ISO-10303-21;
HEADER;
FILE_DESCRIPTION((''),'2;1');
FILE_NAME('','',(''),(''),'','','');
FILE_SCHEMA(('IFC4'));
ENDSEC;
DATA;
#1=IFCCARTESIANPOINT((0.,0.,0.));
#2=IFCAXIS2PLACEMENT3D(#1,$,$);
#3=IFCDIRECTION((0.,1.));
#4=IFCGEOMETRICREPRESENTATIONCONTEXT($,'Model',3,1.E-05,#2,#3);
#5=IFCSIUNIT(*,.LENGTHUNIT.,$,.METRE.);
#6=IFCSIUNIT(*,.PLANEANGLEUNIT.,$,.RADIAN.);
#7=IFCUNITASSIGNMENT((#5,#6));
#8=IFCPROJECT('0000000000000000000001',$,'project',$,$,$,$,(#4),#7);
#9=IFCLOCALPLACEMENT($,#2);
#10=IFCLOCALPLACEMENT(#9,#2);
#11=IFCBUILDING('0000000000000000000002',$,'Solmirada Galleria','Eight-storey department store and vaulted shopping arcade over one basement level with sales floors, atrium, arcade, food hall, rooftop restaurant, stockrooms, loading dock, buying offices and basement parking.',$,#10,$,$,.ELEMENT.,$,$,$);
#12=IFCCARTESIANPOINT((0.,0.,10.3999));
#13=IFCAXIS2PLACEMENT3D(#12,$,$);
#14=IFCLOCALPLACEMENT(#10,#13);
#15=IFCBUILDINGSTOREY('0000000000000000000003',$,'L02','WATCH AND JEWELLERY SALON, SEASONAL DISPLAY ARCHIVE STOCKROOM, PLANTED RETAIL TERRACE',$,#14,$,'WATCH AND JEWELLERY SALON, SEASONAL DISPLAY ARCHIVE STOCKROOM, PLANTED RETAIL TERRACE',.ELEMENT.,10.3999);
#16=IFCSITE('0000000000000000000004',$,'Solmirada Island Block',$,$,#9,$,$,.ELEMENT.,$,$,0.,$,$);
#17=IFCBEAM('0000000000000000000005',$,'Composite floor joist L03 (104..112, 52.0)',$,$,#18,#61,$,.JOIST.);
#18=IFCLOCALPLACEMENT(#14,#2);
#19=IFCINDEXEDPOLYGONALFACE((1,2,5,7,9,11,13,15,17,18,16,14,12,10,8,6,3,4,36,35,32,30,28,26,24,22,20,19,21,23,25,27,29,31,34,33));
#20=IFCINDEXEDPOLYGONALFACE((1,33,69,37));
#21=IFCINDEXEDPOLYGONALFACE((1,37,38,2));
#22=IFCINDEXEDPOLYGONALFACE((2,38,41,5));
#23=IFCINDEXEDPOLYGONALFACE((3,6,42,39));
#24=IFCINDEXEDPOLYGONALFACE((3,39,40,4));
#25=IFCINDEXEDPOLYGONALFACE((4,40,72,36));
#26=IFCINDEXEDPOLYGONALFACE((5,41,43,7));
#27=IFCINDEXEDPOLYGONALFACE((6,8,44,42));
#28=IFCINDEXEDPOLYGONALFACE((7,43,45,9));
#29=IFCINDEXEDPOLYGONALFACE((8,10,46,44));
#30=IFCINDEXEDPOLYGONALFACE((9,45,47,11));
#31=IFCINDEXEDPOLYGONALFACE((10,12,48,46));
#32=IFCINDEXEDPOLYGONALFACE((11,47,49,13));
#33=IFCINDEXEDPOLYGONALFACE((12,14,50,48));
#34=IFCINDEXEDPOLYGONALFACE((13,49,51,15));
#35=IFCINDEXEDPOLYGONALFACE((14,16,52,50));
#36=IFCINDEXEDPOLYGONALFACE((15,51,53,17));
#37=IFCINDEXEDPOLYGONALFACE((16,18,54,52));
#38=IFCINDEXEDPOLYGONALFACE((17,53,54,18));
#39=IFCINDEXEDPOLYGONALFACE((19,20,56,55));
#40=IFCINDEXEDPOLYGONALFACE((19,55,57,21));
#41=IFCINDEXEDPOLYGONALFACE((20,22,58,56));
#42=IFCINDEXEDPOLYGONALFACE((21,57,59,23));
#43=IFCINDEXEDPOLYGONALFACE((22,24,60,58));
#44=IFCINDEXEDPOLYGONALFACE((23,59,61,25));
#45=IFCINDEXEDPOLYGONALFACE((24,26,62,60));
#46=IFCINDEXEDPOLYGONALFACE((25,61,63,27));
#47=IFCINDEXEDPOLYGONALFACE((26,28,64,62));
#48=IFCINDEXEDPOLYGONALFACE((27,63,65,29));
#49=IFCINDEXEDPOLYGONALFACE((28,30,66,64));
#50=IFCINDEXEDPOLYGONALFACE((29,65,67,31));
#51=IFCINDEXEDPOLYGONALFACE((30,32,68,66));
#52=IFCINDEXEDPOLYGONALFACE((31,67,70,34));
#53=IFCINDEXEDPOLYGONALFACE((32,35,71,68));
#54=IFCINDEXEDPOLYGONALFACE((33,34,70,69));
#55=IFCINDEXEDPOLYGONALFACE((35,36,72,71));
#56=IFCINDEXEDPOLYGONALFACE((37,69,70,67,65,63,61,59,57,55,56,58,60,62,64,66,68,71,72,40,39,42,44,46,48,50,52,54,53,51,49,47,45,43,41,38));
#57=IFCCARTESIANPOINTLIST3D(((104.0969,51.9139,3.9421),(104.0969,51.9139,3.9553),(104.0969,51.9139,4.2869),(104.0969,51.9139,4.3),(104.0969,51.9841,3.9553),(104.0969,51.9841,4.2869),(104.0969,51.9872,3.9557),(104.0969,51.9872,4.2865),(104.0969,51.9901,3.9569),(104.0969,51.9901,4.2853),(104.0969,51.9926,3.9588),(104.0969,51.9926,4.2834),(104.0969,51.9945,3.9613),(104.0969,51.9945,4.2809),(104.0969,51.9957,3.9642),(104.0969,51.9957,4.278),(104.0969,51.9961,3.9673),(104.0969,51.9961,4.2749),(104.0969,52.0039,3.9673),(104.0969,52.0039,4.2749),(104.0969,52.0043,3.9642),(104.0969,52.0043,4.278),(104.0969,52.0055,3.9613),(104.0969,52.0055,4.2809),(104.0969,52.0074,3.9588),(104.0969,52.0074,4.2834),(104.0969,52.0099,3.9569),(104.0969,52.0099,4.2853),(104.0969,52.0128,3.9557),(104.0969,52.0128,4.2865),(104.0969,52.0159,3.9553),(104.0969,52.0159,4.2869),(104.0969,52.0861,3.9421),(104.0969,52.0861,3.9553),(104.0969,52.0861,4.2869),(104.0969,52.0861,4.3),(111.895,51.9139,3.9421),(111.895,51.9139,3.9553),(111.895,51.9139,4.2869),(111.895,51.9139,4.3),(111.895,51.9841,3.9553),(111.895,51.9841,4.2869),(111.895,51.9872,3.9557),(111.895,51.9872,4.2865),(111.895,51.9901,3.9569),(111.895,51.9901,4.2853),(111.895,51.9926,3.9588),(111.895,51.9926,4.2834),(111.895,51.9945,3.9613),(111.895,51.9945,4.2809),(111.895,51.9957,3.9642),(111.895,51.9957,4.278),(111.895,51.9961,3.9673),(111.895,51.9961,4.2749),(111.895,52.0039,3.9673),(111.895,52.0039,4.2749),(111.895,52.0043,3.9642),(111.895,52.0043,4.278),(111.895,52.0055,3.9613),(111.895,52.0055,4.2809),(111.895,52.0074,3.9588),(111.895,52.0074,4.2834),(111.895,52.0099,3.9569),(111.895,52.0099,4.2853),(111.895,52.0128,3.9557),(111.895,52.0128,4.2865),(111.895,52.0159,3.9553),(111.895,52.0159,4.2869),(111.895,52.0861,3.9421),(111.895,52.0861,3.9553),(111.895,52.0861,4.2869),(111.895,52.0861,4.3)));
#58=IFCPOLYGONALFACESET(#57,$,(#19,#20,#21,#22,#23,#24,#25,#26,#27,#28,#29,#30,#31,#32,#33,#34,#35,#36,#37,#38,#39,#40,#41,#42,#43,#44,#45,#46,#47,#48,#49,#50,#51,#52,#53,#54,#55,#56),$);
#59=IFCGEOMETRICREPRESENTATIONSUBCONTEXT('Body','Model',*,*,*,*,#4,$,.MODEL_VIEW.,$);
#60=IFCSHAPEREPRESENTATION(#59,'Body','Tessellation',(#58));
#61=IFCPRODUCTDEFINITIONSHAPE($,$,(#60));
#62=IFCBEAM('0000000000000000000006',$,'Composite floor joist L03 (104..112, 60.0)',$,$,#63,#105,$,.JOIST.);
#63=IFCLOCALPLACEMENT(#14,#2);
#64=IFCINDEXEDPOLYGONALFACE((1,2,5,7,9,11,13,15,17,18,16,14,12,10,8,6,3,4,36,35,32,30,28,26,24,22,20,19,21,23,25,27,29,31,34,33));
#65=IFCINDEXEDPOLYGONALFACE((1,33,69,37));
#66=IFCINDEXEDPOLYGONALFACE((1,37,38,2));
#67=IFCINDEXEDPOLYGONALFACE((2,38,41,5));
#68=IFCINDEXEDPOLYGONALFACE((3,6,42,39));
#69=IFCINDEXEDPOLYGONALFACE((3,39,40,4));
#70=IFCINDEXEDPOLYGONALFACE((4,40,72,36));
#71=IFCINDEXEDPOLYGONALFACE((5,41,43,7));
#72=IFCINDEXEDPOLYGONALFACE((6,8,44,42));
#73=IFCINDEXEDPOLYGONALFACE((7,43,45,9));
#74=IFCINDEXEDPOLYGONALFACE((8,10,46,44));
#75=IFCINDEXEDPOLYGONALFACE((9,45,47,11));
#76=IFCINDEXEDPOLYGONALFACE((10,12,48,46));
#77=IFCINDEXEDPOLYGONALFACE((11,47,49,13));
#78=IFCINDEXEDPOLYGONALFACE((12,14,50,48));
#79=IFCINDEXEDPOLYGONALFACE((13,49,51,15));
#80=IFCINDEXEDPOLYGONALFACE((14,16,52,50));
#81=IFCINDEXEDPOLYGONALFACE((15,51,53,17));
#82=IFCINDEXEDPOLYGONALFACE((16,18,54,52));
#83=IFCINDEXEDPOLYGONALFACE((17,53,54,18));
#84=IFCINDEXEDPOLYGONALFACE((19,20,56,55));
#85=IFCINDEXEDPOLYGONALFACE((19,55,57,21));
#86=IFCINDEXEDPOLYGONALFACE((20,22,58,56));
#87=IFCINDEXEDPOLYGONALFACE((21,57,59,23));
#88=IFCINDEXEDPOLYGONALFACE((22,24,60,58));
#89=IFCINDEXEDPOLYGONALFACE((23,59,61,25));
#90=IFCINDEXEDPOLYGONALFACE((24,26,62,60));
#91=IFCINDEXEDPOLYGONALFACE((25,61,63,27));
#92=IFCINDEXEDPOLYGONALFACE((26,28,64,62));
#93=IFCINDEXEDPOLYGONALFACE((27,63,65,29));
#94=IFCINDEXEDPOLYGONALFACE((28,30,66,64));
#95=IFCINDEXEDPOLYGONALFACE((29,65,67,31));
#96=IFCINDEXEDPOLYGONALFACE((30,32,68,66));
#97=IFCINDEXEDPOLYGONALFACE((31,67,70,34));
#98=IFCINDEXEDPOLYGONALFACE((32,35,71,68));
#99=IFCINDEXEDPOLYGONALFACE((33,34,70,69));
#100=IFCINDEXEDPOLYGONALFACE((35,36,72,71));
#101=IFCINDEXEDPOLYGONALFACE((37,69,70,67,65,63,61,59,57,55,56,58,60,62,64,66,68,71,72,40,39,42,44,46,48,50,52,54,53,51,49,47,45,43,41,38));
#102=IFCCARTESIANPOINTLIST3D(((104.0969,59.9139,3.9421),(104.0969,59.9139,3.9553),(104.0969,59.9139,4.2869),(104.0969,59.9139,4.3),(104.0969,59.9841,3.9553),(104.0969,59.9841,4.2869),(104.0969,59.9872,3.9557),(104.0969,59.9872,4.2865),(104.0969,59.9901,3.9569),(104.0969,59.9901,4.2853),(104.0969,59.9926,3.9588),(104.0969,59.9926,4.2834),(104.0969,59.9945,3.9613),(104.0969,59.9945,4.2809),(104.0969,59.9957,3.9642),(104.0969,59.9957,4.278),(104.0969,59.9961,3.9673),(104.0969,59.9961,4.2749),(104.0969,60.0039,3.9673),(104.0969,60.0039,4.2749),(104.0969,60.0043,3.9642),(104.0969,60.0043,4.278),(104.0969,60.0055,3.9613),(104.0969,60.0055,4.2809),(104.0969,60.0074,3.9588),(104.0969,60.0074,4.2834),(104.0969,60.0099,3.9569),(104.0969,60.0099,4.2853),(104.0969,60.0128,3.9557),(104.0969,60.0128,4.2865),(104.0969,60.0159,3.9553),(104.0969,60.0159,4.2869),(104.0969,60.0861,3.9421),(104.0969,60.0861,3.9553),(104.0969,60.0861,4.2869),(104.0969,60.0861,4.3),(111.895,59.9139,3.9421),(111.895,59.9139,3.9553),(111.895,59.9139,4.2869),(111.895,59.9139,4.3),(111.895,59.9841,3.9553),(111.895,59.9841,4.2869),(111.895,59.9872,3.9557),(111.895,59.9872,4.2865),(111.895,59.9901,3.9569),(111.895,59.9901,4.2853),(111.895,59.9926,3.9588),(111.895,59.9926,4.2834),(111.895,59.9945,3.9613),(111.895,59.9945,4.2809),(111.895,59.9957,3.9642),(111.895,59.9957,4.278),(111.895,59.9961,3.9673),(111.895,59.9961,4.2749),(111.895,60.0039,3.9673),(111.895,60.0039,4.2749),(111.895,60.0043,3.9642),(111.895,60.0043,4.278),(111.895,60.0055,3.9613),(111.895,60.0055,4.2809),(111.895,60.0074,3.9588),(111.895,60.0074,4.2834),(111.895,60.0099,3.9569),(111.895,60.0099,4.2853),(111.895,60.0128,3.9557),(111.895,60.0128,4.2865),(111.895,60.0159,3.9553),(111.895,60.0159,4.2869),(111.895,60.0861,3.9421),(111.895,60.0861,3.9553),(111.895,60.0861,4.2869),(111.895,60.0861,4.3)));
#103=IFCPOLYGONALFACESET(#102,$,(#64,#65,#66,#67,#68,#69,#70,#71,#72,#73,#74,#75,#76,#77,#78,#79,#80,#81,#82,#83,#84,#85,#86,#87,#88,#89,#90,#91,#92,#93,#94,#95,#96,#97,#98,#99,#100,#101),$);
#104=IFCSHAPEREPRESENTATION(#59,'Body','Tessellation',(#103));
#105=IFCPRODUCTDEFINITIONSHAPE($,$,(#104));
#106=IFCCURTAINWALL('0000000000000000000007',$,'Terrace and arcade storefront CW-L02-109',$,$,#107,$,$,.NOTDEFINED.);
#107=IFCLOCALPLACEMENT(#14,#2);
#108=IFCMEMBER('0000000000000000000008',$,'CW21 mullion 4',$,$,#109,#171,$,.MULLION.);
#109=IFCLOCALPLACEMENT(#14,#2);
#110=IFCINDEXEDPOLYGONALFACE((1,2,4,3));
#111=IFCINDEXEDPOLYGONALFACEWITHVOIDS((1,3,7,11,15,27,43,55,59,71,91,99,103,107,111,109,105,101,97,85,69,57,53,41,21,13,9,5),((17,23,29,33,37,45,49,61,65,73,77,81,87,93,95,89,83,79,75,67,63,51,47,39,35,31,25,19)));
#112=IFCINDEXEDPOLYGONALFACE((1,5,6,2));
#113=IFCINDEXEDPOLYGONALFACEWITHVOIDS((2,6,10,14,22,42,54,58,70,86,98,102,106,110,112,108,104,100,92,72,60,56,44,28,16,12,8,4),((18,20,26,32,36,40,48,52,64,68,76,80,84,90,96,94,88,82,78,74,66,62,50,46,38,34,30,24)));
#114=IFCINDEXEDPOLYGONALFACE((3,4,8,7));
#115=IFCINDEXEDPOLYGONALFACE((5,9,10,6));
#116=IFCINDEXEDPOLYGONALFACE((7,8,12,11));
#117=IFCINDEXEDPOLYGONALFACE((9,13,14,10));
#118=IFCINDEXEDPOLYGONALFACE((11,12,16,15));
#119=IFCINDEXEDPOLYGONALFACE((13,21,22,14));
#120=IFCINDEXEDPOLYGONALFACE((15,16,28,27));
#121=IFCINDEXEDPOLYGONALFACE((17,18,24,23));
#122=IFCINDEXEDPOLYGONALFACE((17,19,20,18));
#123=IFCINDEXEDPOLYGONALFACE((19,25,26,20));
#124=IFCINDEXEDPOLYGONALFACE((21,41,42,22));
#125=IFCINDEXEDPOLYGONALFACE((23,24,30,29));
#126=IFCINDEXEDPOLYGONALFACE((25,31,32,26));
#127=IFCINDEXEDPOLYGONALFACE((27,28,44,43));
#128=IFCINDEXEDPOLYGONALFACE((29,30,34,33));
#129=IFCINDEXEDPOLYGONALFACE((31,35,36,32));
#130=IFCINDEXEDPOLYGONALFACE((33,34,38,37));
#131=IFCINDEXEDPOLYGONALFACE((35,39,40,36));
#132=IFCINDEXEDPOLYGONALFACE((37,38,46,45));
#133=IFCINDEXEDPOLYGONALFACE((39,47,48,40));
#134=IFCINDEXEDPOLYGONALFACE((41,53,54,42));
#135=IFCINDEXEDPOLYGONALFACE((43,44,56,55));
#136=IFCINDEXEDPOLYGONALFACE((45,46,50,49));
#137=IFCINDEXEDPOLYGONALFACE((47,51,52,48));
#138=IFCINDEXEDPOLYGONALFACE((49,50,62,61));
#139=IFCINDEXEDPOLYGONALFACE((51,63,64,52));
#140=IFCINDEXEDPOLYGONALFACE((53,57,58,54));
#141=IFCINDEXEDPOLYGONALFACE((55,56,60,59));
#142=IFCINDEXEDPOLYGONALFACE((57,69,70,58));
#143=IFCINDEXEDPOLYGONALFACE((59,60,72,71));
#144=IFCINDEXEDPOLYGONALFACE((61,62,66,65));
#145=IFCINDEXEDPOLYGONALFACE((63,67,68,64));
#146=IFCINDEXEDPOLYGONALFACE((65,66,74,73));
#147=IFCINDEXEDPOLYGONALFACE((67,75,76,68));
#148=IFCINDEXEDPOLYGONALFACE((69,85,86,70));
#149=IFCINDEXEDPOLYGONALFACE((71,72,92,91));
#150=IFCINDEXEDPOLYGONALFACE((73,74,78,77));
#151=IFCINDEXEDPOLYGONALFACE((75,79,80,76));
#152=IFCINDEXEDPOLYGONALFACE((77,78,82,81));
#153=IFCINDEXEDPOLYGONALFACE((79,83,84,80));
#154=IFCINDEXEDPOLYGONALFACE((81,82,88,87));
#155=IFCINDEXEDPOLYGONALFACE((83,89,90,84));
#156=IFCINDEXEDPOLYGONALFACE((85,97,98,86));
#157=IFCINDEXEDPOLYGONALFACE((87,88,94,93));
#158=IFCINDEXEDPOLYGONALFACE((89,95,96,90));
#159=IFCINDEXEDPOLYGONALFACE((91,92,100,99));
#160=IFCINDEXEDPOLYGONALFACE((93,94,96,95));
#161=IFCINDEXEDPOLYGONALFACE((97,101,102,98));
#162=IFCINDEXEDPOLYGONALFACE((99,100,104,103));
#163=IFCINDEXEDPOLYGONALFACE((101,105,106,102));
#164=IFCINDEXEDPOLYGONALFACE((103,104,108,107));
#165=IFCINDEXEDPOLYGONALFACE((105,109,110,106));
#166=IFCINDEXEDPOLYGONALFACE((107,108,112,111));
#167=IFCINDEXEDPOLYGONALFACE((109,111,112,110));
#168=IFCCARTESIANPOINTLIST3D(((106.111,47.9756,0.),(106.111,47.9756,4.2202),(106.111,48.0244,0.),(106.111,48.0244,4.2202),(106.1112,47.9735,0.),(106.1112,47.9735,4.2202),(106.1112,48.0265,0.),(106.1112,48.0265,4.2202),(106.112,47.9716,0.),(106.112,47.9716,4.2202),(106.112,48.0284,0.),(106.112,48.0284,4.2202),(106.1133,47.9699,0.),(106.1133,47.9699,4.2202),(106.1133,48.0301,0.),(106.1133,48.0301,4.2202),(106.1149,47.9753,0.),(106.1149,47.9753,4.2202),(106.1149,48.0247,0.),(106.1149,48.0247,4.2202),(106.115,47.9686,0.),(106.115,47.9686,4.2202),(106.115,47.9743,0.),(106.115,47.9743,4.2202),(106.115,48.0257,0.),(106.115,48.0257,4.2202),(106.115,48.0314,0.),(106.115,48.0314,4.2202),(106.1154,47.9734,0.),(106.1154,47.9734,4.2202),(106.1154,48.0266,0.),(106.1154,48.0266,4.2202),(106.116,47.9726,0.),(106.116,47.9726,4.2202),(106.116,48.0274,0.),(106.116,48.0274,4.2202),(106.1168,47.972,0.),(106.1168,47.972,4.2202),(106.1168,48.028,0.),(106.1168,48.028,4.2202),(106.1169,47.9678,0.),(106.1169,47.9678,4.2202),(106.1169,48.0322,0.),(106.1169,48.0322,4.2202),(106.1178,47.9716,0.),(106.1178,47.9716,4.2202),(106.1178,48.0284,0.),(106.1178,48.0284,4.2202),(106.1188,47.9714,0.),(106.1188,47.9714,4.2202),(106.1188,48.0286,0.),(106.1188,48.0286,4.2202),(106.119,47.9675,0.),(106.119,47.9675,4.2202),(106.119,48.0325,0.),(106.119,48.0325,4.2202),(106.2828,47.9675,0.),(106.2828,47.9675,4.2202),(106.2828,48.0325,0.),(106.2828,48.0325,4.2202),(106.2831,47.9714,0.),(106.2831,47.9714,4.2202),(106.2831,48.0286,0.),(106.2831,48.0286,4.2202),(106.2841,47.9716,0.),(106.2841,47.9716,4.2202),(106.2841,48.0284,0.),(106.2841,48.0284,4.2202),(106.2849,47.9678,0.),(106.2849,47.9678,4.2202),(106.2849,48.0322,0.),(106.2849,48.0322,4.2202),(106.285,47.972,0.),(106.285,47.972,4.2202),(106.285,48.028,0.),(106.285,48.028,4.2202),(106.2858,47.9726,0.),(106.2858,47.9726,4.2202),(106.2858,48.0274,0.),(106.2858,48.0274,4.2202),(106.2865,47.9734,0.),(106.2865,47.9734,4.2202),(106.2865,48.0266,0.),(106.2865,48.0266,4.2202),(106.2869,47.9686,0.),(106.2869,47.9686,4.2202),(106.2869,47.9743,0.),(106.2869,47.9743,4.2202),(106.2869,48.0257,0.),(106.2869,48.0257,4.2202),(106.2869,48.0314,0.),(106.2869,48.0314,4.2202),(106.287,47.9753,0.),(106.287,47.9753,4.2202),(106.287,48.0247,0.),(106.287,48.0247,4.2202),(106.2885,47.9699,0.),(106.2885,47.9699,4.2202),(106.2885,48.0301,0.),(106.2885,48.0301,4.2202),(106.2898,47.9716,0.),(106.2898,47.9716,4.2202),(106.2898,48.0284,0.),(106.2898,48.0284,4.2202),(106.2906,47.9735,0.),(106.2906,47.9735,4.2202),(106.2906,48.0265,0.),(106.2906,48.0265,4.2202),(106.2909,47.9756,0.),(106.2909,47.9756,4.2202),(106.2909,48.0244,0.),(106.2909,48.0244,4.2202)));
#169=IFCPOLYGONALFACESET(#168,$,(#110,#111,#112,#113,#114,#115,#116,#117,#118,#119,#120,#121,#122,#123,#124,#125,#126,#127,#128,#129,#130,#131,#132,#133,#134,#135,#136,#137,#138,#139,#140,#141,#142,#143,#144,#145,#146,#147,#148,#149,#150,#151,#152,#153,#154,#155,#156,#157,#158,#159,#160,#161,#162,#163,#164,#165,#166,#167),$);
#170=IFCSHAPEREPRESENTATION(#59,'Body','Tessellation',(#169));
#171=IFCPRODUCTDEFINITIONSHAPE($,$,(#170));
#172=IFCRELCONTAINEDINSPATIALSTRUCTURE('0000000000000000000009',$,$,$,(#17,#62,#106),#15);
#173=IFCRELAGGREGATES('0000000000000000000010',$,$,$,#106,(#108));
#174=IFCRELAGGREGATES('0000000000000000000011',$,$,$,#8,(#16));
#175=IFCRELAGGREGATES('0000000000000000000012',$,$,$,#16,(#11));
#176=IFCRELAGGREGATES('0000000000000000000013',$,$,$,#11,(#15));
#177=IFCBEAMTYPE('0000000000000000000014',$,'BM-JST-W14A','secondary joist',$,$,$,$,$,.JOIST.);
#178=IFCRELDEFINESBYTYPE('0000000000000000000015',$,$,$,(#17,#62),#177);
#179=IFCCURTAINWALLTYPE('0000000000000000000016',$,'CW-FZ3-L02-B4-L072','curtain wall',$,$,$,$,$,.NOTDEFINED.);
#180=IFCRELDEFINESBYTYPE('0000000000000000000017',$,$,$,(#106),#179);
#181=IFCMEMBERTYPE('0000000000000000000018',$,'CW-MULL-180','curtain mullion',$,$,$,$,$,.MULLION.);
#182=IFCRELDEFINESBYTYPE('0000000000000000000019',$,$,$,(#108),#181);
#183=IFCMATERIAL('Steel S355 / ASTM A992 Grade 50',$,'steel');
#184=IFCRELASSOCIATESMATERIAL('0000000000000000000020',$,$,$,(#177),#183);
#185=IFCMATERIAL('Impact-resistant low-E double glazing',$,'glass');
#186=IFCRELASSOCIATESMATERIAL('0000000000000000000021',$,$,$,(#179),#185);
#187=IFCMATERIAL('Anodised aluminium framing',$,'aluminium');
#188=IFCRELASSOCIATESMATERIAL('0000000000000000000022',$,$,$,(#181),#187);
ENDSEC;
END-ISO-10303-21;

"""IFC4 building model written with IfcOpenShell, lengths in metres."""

from ifc_helpers import new_model, si_unit, direction, frame, origin, origin_2d, place, context, subcontext, project, spatial, hollow_rectangle, i_section, extrude, material, material_profile, profile_set, type_object, element, aggregate, save


model = new_model("IFC4")

# Units and contexts
model_context = context("Model", 3, precision=1e-05, world=origin(), true_north=direction((0.0, 1.0)))
body_context = subcontext(model_context, "Body", "Model", "MODEL_VIEW")
ifc_project = project(units=[si_unit("LENGTHUNIT", "METRE"), si_unit("PLANEANGLEUNIT", "RADIAN")], contexts=[model_context])

# Site, building, storey
site_placement = place(None, origin())
site = spatial("IfcSite", under=ifc_project, at=site_placement, Name="Solmirada Island Block", CompositionType="ELEMENT", RefElevation=0.0)
building_placement = place(site_placement, origin())
building = spatial("IfcBuilding", under=site, at=building_placement, Name="Solmirada Galleria", Description="Eight-storey department store and vaulted shopping arcade over one basement level with sales floors, atrium, arcade, food hall, rooftop restaurant, stockrooms, loading dock, buying offices and basement parking.", CompositionType="ELEMENT")
storey_placement = place(building_placement, frame((0.0, 0.0, 10.3999)))
storey = spatial("IfcBuildingStorey", under=building, at=storey_placement, Name="L02", Description="WATCH AND JEWELLERY SALON, SEASONAL DISPLAY ARCHIVE STOCKROOM, PLANTED RETAIL TERRACE", LongName="WATCH AND JEWELLERY SALON, SEASONAL DISPLAY ARCHIVE STOCKROOM, PLANTED RETAIL TERRACE", CompositionType="ELEMENT", Elevation=10.3999)

# Beams
ifc_material_1 = material(Name="Steel S355 / ASTM A992 Grade 50", Category="steel")
ifc_material_profile_1 = material_profile(ifc_material_1, i_section(OverallWidth=0.1721, OverallDepth=0.3579, WebThickness=0.0078, FlangeThickness=0.0132, FilletRadius=0.012, at=origin_2d()), Name="W14X38")
ifc_profile_set_1 = profile_set([ifc_material_profile_1], Name="Steel S355 / ASTM A992 Grade 50")
beam_type_1 = type_object("IfcBeamType", Name="BM-JST-W14A", Description="secondary joist", PredefinedType="JOIST", material=ifc_profile_set_1)
for number, where, z_axis, x_axis, name in (
    (1, (104.0969, 52.0, 4.1211), (1.0, 0.0, 0.0), (0.0, 1.0, 0.0), "Composite floor joist L03 (104..112, 52.0)"),
    (2, (104.0969, 60.0, 4.1211), (1.0, 0.0, 0.0), (0.0, 1.0, 0.0), "Composite floor joist L03 (104..112, 60.0)"),
):
    element("IfcBeam", number, at=place(storey_placement, frame(where, z_axis=z_axis, x_axis=x_axis)), inside=storey, type_object=beam_type_1, Name=name, PredefinedType="JOIST", context=body_context, shape_type="SweptSolid", body=[
        extrude(i_section(OverallWidth=0.1721, OverallDepth=0.3579, WebThickness=0.0078, FlangeThickness=0.0132, FilletRadius=0.012, at=origin_2d()), origin(), (0.0, 0.0, 1.0), 7.7981),
    ])

# Curtain wall, member
ifc_material_2 = material(Name="Impact-resistant low-E double glazing", Category="glass")
curtain_wall_type = type_object("IfcCurtainWallType", Name="CW-FZ3-L02-B4-L072", Description="curtain wall", PredefinedType="NOTDEFINED", material=ifc_material_2)
curtain_wall_1_placement = place(storey_placement, origin())
curtain_wall_1 = element("IfcCurtainWall", 3, at=curtain_wall_1_placement, inside=storey, type_object=curtain_wall_type, Name="Terrace and arcade storefront CW-L02-109", PredefinedType="NOTDEFINED")
ifc_material_3 = material(Name="Anodised aluminium framing", Category="aluminium")
ifc_material_profile_2 = material_profile(ifc_material_3, hollow_rectangle(XDim=0.0649, YDim=0.1799, WallThickness=0.0039, InnerFilletRadius=0.0039, OuterFilletRadius=0.0081, at=origin_2d()), Name="ALU-MULL-180X65")
ifc_profile_set_2 = profile_set([ifc_material_profile_2], Name="Anodised aluminium framing")
member_type_1 = type_object("IfcMemberType", Name="CW-MULL-180", Description="curtain mullion", PredefinedType="MULLION", material=ifc_profile_set_2)
member_1_placement = place(storey_placement, frame((106.2009, 48.0, 0.0), z_axis=(0.0, 0.0, 1.0), x_axis=(0.0, -1.0, 0.0)))
member_1 = element("IfcMember", 4, at=member_1_placement, type_object=member_type_1, Name="CW21 mullion 4", PredefinedType="MULLION", context=body_context, shape_type="SweptSolid", body=[
    extrude(hollow_rectangle(XDim=0.0649, YDim=0.1799, WallThickness=0.0039, InnerFilletRadius=0.0039, OuterFilletRadius=0.0081, at=origin_2d()), origin(), (0.0, 0.0, 1.0), 4.2202),
])

aggregate(curtain_wall_1, [member_1])

save(model, "model.ifc")
